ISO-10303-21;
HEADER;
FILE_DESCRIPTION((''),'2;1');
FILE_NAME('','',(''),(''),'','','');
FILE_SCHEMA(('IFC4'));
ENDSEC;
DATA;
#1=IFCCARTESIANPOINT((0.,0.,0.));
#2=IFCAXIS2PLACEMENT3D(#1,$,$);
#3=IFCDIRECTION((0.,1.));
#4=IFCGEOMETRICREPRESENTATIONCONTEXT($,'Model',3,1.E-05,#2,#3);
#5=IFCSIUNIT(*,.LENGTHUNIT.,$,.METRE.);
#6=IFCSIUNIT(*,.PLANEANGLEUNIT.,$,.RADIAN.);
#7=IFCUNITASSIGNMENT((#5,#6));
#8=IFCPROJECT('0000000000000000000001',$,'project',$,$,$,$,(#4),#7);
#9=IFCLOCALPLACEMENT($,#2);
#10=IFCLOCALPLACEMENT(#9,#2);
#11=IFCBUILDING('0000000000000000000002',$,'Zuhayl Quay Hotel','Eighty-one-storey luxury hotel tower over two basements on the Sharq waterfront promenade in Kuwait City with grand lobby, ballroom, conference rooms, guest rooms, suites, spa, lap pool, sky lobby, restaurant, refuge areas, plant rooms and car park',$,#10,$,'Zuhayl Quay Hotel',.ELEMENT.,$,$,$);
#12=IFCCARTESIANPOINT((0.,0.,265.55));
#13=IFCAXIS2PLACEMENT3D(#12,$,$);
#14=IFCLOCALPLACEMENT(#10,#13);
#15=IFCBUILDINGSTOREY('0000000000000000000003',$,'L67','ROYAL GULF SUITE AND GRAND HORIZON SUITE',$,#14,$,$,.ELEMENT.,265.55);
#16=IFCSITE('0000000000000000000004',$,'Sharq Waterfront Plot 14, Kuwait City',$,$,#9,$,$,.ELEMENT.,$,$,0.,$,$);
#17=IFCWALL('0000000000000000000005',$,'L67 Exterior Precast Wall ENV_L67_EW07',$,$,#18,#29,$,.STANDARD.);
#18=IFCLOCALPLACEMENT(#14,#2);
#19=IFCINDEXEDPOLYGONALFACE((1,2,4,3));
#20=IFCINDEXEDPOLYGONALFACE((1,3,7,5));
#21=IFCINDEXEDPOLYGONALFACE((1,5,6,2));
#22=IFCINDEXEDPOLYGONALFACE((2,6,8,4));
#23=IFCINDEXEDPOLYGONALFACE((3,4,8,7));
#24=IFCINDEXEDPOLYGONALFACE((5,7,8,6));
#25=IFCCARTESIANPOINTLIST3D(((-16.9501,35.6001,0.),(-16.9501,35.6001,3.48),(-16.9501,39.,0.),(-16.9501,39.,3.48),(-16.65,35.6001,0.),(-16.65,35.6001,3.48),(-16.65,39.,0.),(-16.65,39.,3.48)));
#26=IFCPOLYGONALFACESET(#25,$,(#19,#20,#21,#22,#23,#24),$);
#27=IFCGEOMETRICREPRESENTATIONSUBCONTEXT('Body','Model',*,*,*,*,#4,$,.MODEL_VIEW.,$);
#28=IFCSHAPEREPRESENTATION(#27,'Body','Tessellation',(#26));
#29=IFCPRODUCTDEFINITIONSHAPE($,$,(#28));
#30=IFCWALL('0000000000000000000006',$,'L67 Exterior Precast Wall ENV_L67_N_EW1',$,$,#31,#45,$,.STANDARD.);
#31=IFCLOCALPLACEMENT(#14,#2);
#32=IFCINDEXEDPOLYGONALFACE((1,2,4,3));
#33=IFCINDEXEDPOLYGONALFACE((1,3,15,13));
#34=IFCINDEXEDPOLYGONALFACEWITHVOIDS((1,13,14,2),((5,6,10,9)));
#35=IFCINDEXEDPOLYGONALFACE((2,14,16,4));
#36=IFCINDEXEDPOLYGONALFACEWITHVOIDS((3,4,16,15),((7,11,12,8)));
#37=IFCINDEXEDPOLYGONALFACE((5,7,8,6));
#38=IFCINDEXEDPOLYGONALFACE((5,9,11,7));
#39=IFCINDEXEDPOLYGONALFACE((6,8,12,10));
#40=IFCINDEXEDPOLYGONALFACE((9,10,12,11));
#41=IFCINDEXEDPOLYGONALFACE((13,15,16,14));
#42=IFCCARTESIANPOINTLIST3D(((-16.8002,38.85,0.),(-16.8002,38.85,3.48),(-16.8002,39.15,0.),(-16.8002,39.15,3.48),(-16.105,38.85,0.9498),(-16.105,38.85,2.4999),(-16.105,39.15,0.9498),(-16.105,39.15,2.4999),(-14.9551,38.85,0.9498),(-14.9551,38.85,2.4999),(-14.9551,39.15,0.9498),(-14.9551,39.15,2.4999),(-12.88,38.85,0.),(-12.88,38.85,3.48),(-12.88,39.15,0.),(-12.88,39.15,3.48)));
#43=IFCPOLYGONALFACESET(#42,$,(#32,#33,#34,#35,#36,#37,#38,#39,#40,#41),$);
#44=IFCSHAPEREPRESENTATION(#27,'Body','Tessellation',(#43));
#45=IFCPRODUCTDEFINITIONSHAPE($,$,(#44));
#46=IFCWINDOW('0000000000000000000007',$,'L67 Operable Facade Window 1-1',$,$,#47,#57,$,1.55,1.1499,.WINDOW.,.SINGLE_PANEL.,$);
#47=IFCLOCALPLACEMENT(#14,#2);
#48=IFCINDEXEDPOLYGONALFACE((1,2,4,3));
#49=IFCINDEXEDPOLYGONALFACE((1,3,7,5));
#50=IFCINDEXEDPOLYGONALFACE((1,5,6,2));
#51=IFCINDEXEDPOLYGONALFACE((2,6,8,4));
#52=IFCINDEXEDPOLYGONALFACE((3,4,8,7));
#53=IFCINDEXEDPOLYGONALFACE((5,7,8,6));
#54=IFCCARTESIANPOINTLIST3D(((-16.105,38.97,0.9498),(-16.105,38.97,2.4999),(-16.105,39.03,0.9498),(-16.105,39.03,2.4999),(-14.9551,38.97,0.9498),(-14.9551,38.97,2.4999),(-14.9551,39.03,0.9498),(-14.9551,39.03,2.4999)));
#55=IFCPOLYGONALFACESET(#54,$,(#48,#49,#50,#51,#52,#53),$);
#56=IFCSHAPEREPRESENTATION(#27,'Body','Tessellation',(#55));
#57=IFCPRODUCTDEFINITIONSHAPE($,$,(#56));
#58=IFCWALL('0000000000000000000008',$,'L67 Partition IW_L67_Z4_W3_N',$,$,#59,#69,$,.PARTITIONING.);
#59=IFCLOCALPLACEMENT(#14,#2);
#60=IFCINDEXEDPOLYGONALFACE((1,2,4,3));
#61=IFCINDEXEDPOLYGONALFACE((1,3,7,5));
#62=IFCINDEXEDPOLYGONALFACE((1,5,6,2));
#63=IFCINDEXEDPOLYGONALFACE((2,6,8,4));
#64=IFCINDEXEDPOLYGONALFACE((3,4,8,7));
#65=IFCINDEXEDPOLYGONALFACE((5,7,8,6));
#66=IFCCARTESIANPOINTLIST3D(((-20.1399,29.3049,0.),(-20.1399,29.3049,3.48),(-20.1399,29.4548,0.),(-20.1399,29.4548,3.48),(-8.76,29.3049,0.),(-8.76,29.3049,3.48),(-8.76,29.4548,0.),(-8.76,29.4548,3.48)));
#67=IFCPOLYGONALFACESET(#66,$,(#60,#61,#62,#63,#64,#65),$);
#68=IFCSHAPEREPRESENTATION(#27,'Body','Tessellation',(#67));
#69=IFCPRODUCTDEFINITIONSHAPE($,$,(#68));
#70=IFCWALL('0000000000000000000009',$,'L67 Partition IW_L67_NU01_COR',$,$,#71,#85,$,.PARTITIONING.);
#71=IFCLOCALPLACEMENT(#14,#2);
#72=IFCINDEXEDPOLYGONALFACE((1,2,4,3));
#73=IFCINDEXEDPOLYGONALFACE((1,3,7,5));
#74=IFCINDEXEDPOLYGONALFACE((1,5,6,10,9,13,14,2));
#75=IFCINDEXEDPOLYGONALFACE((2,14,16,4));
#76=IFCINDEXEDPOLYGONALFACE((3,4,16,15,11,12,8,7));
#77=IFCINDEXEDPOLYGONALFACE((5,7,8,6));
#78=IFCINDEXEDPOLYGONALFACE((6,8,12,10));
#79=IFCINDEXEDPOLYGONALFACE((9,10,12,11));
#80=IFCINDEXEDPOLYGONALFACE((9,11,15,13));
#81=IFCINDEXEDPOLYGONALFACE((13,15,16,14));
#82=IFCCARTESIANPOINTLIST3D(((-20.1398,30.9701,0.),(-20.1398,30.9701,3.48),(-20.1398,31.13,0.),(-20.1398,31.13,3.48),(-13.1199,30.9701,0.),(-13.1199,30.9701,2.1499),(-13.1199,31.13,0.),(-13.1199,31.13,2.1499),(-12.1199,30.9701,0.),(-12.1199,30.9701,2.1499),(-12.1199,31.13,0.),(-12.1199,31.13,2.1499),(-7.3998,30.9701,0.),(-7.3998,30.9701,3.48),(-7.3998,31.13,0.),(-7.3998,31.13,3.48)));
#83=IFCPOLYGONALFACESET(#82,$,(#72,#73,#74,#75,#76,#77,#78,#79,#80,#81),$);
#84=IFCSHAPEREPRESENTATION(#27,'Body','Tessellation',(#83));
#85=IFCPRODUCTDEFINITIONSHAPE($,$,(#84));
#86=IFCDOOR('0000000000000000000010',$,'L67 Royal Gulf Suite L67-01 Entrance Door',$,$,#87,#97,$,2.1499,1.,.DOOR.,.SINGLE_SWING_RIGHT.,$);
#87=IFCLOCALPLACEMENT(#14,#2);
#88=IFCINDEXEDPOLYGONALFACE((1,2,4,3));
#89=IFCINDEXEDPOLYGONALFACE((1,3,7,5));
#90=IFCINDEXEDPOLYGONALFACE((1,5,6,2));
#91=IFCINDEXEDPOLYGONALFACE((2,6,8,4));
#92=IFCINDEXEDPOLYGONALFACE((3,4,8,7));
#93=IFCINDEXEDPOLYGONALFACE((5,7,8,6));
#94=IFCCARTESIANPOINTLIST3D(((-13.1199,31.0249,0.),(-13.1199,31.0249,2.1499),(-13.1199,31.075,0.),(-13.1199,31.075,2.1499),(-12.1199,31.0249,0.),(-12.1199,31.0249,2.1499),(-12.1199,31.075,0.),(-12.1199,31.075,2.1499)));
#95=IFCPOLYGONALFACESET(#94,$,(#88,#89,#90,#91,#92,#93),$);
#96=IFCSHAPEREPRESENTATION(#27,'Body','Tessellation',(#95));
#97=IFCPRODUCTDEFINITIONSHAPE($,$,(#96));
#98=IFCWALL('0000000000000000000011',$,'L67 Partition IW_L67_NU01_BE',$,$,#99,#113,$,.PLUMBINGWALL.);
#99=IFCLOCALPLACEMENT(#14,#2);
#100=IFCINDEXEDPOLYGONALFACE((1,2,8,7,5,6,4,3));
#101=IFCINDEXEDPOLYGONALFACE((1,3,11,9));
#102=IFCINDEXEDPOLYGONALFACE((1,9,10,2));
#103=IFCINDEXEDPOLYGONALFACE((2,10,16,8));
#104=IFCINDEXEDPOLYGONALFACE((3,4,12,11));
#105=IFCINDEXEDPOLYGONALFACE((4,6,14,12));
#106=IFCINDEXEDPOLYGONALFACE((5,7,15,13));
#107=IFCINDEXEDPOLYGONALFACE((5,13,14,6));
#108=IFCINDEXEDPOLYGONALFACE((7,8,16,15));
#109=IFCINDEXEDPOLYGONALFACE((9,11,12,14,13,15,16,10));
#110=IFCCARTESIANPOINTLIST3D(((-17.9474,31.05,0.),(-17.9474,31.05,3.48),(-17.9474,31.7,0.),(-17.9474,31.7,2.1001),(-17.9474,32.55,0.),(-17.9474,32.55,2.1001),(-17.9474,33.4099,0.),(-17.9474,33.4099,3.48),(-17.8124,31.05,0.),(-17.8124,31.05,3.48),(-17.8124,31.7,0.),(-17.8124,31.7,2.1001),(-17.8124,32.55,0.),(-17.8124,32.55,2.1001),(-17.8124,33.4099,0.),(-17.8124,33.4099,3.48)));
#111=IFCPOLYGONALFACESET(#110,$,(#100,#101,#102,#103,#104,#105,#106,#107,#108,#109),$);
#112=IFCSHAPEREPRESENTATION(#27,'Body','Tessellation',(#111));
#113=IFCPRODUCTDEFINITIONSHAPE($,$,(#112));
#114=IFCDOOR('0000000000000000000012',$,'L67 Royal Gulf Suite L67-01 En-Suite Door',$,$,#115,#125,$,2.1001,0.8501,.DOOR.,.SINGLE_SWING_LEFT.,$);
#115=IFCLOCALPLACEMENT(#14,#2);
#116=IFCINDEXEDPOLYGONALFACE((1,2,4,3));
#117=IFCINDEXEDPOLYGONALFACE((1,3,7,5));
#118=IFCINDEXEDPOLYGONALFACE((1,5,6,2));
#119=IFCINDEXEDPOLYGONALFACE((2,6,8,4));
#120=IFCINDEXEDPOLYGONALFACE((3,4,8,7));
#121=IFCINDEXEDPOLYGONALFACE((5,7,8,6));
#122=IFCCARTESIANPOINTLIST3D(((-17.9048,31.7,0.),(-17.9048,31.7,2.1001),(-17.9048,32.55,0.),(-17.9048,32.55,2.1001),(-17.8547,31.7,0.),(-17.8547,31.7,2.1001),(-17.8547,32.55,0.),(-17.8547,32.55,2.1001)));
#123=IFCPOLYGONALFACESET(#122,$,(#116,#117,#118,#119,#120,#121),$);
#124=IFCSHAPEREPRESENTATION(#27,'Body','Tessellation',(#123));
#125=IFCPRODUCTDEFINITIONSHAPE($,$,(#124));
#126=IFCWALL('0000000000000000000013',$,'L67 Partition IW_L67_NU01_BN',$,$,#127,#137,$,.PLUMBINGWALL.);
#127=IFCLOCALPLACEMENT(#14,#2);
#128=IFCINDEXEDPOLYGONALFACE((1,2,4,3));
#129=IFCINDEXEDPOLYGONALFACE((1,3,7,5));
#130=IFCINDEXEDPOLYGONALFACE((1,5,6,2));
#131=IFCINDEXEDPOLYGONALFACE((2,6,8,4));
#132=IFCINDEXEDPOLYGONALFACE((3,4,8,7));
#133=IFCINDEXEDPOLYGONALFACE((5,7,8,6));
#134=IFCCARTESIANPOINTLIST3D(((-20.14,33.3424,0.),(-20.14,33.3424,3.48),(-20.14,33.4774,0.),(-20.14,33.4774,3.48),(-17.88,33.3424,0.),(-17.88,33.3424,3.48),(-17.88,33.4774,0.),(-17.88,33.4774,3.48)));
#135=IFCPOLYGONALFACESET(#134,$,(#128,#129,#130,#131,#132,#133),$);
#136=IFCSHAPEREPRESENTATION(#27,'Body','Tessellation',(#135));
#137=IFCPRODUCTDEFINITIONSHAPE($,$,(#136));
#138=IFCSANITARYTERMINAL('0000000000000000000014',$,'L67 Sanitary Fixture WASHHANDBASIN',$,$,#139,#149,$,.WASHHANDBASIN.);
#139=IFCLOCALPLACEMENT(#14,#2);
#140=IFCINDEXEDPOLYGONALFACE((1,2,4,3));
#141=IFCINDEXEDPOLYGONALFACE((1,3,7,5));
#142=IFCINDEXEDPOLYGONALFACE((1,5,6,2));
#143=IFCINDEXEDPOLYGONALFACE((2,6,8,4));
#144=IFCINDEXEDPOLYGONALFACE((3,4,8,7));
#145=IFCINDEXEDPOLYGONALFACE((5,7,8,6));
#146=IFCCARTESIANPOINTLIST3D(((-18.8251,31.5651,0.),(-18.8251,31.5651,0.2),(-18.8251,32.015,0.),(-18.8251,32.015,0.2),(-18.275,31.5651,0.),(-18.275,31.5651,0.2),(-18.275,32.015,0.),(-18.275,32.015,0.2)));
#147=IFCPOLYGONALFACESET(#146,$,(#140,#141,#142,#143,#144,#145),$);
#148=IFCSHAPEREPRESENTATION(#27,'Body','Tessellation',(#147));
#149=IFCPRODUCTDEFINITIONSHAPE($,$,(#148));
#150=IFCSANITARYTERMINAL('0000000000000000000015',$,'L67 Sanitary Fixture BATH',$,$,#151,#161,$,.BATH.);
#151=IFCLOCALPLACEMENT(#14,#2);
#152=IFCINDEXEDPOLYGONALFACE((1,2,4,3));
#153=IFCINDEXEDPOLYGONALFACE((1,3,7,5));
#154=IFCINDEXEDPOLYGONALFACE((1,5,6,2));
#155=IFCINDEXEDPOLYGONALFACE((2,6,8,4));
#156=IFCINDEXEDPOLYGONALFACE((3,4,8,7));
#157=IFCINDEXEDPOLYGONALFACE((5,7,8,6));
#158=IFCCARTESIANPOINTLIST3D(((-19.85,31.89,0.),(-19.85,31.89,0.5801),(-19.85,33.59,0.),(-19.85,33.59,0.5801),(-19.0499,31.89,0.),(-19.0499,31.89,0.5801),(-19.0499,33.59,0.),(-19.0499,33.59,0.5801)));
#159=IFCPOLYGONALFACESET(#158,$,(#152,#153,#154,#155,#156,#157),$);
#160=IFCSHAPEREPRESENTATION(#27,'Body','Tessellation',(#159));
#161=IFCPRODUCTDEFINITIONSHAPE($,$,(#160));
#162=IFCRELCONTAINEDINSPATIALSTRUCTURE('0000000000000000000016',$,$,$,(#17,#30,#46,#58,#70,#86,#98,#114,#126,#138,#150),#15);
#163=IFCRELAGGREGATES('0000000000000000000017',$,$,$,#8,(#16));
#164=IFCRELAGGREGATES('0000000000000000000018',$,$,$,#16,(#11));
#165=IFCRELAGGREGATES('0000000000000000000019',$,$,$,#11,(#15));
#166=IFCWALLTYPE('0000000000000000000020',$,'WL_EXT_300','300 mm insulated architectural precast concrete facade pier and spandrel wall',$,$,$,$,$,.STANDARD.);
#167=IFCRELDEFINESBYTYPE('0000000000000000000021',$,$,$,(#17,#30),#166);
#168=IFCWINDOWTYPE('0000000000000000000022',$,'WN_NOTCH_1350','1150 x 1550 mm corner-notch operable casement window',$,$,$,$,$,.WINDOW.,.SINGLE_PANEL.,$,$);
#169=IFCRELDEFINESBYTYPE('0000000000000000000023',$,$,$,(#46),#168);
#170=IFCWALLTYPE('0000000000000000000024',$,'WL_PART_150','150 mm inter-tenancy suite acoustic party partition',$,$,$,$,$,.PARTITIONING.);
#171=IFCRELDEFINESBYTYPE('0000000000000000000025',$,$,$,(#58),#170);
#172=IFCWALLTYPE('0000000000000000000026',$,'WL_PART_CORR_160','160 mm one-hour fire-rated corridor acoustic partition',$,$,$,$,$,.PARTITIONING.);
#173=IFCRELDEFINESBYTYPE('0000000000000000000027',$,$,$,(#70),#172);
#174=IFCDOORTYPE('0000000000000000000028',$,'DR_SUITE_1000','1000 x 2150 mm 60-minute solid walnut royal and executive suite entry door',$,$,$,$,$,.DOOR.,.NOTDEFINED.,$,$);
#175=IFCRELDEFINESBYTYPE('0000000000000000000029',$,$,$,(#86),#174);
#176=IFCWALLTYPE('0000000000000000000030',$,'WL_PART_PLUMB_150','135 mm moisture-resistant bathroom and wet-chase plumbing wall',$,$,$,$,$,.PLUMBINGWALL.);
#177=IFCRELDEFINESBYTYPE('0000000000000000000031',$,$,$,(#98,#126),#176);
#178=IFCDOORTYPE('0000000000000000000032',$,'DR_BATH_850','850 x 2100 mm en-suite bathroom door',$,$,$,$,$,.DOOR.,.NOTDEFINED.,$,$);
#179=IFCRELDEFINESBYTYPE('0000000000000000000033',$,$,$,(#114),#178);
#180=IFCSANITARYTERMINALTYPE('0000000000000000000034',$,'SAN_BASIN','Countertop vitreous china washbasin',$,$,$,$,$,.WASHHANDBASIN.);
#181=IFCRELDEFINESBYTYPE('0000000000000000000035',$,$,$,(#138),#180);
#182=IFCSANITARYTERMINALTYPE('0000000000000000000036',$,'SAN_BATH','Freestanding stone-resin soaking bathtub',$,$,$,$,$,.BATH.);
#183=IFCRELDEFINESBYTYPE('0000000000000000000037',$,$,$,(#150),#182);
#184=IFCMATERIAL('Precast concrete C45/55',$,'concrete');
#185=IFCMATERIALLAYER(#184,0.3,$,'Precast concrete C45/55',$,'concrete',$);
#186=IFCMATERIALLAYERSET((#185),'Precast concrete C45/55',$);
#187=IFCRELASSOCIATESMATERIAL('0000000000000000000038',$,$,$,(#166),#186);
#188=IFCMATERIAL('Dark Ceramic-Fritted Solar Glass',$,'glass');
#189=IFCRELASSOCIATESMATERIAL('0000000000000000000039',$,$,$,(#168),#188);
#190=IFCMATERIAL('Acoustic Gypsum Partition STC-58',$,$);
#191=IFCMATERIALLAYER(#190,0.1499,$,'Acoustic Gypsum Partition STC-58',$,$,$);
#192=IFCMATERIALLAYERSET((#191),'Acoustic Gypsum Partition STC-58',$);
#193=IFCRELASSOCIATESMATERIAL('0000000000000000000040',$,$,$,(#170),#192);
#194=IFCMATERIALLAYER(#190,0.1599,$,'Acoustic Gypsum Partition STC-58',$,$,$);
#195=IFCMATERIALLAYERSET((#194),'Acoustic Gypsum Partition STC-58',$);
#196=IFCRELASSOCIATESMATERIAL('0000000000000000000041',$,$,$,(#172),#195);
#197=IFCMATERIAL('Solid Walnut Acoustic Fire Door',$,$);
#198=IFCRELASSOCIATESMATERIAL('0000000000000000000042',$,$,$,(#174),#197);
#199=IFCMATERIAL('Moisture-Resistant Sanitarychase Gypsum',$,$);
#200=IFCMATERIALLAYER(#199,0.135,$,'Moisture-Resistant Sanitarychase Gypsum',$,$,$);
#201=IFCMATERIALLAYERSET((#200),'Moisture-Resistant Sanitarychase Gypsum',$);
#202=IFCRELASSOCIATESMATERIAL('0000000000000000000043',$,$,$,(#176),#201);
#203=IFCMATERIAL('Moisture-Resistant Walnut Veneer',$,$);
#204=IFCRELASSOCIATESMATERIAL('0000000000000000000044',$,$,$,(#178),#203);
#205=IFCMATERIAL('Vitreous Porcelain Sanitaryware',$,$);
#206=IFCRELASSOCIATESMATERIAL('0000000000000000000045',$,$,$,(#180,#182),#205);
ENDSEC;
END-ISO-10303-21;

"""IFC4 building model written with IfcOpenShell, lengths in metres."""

from ifc_helpers import new_model, si_unit, direction, frame, frame_2d, origin, origin_2d, place, context, subcontext, project, spatial, rectangle, extrude, material, layer, layer_set, type_object, element, fill, save


model = new_model("IFC4")

# Units and contexts
model_context = context("Model", 3, precision=1e-05, world=origin(), true_north=direction((0.0, 1.0)))
body_context = subcontext(model_context, "Body", "Model", "MODEL_VIEW")
ifc_project = project(units=[si_unit("LENGTHUNIT", "METRE"), si_unit("PLANEANGLEUNIT", "RADIAN")], contexts=[model_context])

# Site, building, storey
site_placement = place(None, origin())
site = spatial("IfcSite", under=ifc_project, at=site_placement, Name="Sharq Waterfront Plot 14, Kuwait City", CompositionType="ELEMENT", RefElevation=0.0)
building_placement = place(site_placement, origin())
building = spatial("IfcBuilding", under=site, at=building_placement, Name="Zuhayl Quay Hotel", Description="Eighty-one-storey luxury hotel tower over two basements on the Sharq waterfront promenade in Kuwait City with grand lobby, ballroom, conference rooms, guest rooms, suites, spa, lap pool, sky lobby, restaurant, refuge areas, plant rooms and car park", LongName="Zuhayl Quay Hotel", CompositionType="ELEMENT")
storey_placement = place(building_placement, frame((0.0, 0.0, 265.55)))
storey = spatial("IfcBuildingStorey", under=building, at=storey_placement, Name="L67", Description="ROYAL GULF SUITE AND GRAND HORIZON SUITE", CompositionType="ELEMENT", Elevation=265.55)

# Shared definitions
ifc_material_1 = material(Name="Dark Ceramic-Fritted Solar Glass", Category="glass")

# Wall
ifc_material_2 = material(Name="Precast concrete C45/55", Category="concrete")
ifc_layer_1 = layer(ifc_material_2, 0.3, Name="Precast concrete C45/55", Category="concrete")
ifc_layer_set_1 = layer_set([ifc_layer_1], Name="Precast concrete C45/55")
wall_type_1 = type_object("IfcWallType", Name="WL_EXT_300", Description="300 mm insulated architectural precast concrete facade pier and spandrel wall", PredefinedType="STANDARD", material=ifc_layer_set_1)
for number, where, z_axis, x_axis, name in (
    (1, (-16.8, 35.6001, 0.0), (0.0, 0.0, 1.0), (0.0, 1.0, 0.0), "L67 Exterior Precast Wall ENV_L67_EW07"),
):
    element("IfcWall", number, at=place(storey_placement, frame(where, z_axis=z_axis, x_axis=x_axis)), inside=storey, type_object=wall_type_1, Name=name, PredefinedType="STANDARD", context=body_context, shape_type="SweptSolid", body=[
        extrude(rectangle(XDim=3.3999, YDim=0.3, at=frame_2d((1.7, 0.0))), origin(), (0.0, 0.0, 1.0), 3.48),
    ])

# Wall, opening, window
wall_1_placement = place(storey_placement, frame((-16.8, 39.0, 0.0), z_axis=(0.0, 0.0, 1.0), x_axis=(1.0, 0.0, 0.0)))
wall_1 = element("IfcWall", 2, at=wall_1_placement, inside=storey, type_object=wall_type_1, Name="L67 Exterior Precast Wall ENV_L67_N_EW1", PredefinedType="STANDARD", context=body_context, shape_type="SweptSolid", body=[
    extrude(rectangle(XDim=3.9202, YDim=0.3, at=frame_2d((1.96, 0.0))), origin(), (0.0, 0.0, 1.0), 3.48),
])
opening_1_placement = place(wall_1_placement, frame((0.6951, 0.0, 0.95)))
opening_1 = element("IfcOpeningElement", 3, at=opening_1_placement, cuts=wall_1, PredefinedType="OPENING", context=body_context, shape_type="SweptSolid", body=[
    extrude(rectangle(XDim=1.1499, YDim=1.55, at=frame_2d((0.575, 0.7749))), frame((0.0, 0.1599, 0.0), z_axis=(0.0, -1.0, 0.0), x_axis=(1.0, 0.0, 0.0)), (0.0, 0.0, 1.0), 0.3201),
])
window_type = type_object("IfcWindowType", Name="WN_NOTCH_1350", Description="1150 x 1550 mm corner-notch operable casement window", PartitioningType="SINGLE_PANEL", PredefinedType="WINDOW", material=ifc_material_1)
window_placement = place(opening_1_placement, origin())
window = element("IfcWindow", 4, at=window_placement, inside=storey, type_object=window_type, Name="L67 Operable Facade Window 1-1", OverallHeight=1.55, OverallWidth=1.1499, PartitioningType="SINGLE_PANEL", PredefinedType="WINDOW", context=body_context, shape_type="SweptSolid", body=[
    extrude(rectangle(XDim=1.1499, YDim=1.55, at=frame_2d((0.575, 0.7749))), frame((0.0, 0.03, 0.0), z_axis=(0.0, -1.0, 0.0), x_axis=(1.0, 0.0, 0.0)), (0.0, 0.0, 1.0), 0.0601),
])
fill(opening_1, window)

# Wall
ifc_material_3 = material(Name="Acoustic Gypsum Partition STC-58")
ifc_layer_2 = layer(ifc_material_3, 0.1499, Name="Acoustic Gypsum Partition STC-58")
ifc_layer_set_2 = layer_set([ifc_layer_2], Name="Acoustic Gypsum Partition STC-58")
wall_type_2 = type_object("IfcWallType", Name="WL_PART_150", Description="150 mm inter-tenancy suite acoustic party partition", PredefinedType="PARTITIONING", material=ifc_layer_set_2)
wall_2_placement = place(storey_placement, frame((-20.1399, 29.3799, 0.0), z_axis=(0.0, 0.0, 1.0), x_axis=(1.0, 0.0, 0.0)))
element("IfcWall", 5, at=wall_2_placement, inside=storey, type_object=wall_type_2, Name="L67 Partition IW_L67_Z4_W3_N", PredefinedType="PARTITIONING", context=body_context, shape_type="SweptSolid", body=[
    extrude(rectangle(XDim=11.3799, YDim=0.1499, at=frame_2d((5.6899, 0.0))), origin(), (0.0, 0.0, 1.0), 3.48),
])

# Walls, openings, doors
ifc_layer_3 = layer(ifc_material_3, 0.1599, Name="Acoustic Gypsum Partition STC-58")
ifc_layer_set_3 = layer_set([ifc_layer_3], Name="Acoustic Gypsum Partition STC-58")
wall_type_3 = type_object("IfcWallType", Name="WL_PART_CORR_160", Description="160 mm one-hour fire-rated corridor acoustic partition", PredefinedType="PARTITIONING", material=ifc_layer_set_3)
wall_3_placement = place(storey_placement, frame((-20.1399, 31.05, 0.0), z_axis=(0.0, 0.0, 1.0), x_axis=(1.0, 0.0, 0.0)))
wall_3 = element("IfcWall", 6, at=wall_3_placement, inside=storey, type_object=wall_type_3, Name="L67 Partition IW_L67_NU01_COR", PredefinedType="PARTITIONING", context=body_context, shape_type="SweptSolid", body=[
    extrude(rectangle(XDim=12.74, YDim=0.1599, at=frame_2d((6.3701, 0.0))), origin(), (0.0, 0.0, 1.0), 3.48),
])
opening_2_placement = place(wall_3_placement, frame((7.02, 0.0, 0.0)))
opening_2 = element("IfcOpeningElement", 7, at=opening_2_placement, cuts=wall_3, PredefinedType="OPENING", context=body_context, shape_type="SweptSolid", body=[
    extrude(rectangle(XDim=1.0, YDim=2.1499, at=frame_2d((0.5, 1.075))), frame((0.0, 0.0898, 0.0), z_axis=(0.0, -1.0, 0.0), x_axis=(1.0, 0.0, 0.0)), (0.0, 0.0, 1.0), 0.1799),
])
ifc_material_4 = material(Name="Solid Walnut Acoustic Fire Door")
door_type_1 = type_object("IfcDoorType", Name="DR_SUITE_1000", Description="1000 x 2150 mm 60-minute solid walnut royal and executive suite entry door", OperationType="NOTDEFINED", PredefinedType="DOOR", material=ifc_material_4)
door_1_placement = place(opening_2_placement, origin())
door_1 = element("IfcDoor", 8, at=door_1_placement, inside=storey, type_object=door_type_1, Name="L67 Royal Gulf Suite L67-01 Entrance Door", OperationType="SINGLE_SWING_RIGHT", OverallHeight=2.1499, OverallWidth=1.0, PredefinedType="DOOR", context=body_context, shape_type="SweptSolid", body=[
    extrude(rectangle(XDim=1.0, YDim=2.1499, at=frame_2d((0.5, 1.075))), frame((0.0, 0.0249, 0.0), z_axis=(0.0, -1.0, 0.0), x_axis=(1.0, 0.0, 0.0)), (0.0, 0.0, 1.0), 0.05),
])
fill(opening_2, door_1)
ifc_material_5 = material(Name="Moisture-Resistant Sanitarychase Gypsum")
ifc_layer_4 = layer(ifc_material_5, 0.135, Name="Moisture-Resistant Sanitarychase Gypsum")
ifc_layer_set_4 = layer_set([ifc_layer_4], Name="Moisture-Resistant Sanitarychase Gypsum")
wall_type_4 = type_object("IfcWallType", Name="WL_PART_PLUMB_150", Description="135 mm moisture-resistant bathroom and wet-chase plumbing wall", PredefinedType="PLUMBINGWALL", material=ifc_layer_set_4)
wall_4_placement = place(storey_placement, frame((-17.8799, 31.05, 0.0), z_axis=(0.0, 0.0, 1.0), x_axis=(0.0, 1.0, 0.0)))
wall_4 = element("IfcWall", 9, at=wall_4_placement, inside=storey, type_object=wall_type_4, Name="L67 Partition IW_L67_NU01_BE", PredefinedType="PLUMBINGWALL", context=body_context, shape_type="SweptSolid", body=[
    extrude(rectangle(XDim=2.3599, YDim=0.135, at=frame_2d((1.1799, 0.0))), origin(), (0.0, 0.0, 1.0), 3.48),
])
opening_3_placement = place(wall_4_placement, frame((0.6499, 0.0, 0.0)))
opening_3 = element("IfcOpeningElement", 10, at=opening_3_placement, cuts=wall_4, PredefinedType="OPENING", context=body_context, shape_type="SweptSolid", body=[
    extrude(rectangle(XDim=0.8501, YDim=2.1001, at=frame_2d((0.425, 1.05))), frame((0.0, 0.0774, 0.0), z_axis=(0.0, -1.0, 0.0), x_axis=(1.0, 0.0, 0.0)), (0.0, 0.0, 1.0), 0.155),
])
ifc_material_6 = material(Name="Moisture-Resistant Walnut Veneer")
door_type_2 = type_object("IfcDoorType", Name="DR_BATH_850", Description="850 x 2100 mm en-suite bathroom door", OperationType="NOTDEFINED", PredefinedType="DOOR", material=ifc_material_6)
door_2_placement = place(opening_3_placement, origin())
door_2 = element("IfcDoor", 11, at=door_2_placement, inside=storey, type_object=door_type_2, Name="L67 Royal Gulf Suite L67-01 En-Suite Door", OperationType="SINGLE_SWING_LEFT", OverallHeight=2.1001, OverallWidth=0.8501, PredefinedType="DOOR", context=body_context, shape_type="SweptSolid", body=[
    extrude(rectangle(XDim=0.8501, YDim=2.1001, at=frame_2d((0.425, 1.05))), frame((0.0, 0.0249, 0.0), z_axis=(0.0, -1.0, 0.0), x_axis=(1.0, 0.0, 0.0)), (0.0, 0.0, 1.0), 0.05),
])
fill(opening_3, door_2)

# Wall
wall_5_placement = place(storey_placement, frame((-20.1399, 33.4099, 0.0), z_axis=(0.0, 0.0, 1.0), x_axis=(1.0, 0.0, 0.0)))
element("IfcWall", 12, at=wall_5_placement, inside=storey, type_object=wall_type_4, Name="L67 Partition IW_L67_NU01_BN", PredefinedType="PLUMBINGWALL", context=body_context, shape_type="SweptSolid", body=[
    extrude(rectangle(XDim=2.26, YDim=0.135, at=frame_2d((1.1299, 0.0))), origin(), (0.0, 0.0, 1.0), 3.48),
])

# Sanitary terminals
ifc_material_7 = material(Name="Vitreous Porcelain Sanitaryware")
sanitary_terminal_type_1 = type_object("IfcSanitaryTerminalType", Name="SAN_BASIN", Description="Countertop vitreous china washbasin", PredefinedType="WASHHANDBASIN", material=ifc_material_7)
sanitary_terminal_1_placement = place(storey_placement, frame((-18.55, 31.79, 0.0), z_axis=(0.0, 0.0, 1.0), x_axis=(1.0, 0.0, 0.0)))
element("IfcSanitaryTerminal", 13, at=sanitary_terminal_1_placement, inside=storey, type_object=sanitary_terminal_type_1, Name="L67 Sanitary Fixture WASHHANDBASIN", PredefinedType="WASHHANDBASIN", context=body_context, shape_type="SweptSolid", body=[
    extrude(rectangle(XDim=0.55, YDim=0.45, at=origin_2d()), origin(), (0.0, 0.0, 1.0), 0.2),
])
sanitary_terminal_type_2 = type_object("IfcSanitaryTerminalType", Name="SAN_BATH", Description="Freestanding stone-resin soaking bathtub", PredefinedType="BATH", material=ifc_material_7)
sanitary_terminal_2_placement = place(storey_placement, frame((-19.45, 32.74, 0.0), z_axis=(0.0, 0.0, 1.0), x_axis=(1.0, 0.0, 0.0)))
element("IfcSanitaryTerminal", 14, at=sanitary_terminal_2_placement, inside=storey, type_object=sanitary_terminal_type_2, Name="L67 Sanitary Fixture BATH", PredefinedType="BATH", context=body_context, shape_type="SweptSolid", body=[
    extrude(rectangle(XDim=0.8, YDim=1.7, at=origin_2d()), origin(), (0.0, 0.0, 1.0), 0.5801),
])

save(model, "model.ifc")
